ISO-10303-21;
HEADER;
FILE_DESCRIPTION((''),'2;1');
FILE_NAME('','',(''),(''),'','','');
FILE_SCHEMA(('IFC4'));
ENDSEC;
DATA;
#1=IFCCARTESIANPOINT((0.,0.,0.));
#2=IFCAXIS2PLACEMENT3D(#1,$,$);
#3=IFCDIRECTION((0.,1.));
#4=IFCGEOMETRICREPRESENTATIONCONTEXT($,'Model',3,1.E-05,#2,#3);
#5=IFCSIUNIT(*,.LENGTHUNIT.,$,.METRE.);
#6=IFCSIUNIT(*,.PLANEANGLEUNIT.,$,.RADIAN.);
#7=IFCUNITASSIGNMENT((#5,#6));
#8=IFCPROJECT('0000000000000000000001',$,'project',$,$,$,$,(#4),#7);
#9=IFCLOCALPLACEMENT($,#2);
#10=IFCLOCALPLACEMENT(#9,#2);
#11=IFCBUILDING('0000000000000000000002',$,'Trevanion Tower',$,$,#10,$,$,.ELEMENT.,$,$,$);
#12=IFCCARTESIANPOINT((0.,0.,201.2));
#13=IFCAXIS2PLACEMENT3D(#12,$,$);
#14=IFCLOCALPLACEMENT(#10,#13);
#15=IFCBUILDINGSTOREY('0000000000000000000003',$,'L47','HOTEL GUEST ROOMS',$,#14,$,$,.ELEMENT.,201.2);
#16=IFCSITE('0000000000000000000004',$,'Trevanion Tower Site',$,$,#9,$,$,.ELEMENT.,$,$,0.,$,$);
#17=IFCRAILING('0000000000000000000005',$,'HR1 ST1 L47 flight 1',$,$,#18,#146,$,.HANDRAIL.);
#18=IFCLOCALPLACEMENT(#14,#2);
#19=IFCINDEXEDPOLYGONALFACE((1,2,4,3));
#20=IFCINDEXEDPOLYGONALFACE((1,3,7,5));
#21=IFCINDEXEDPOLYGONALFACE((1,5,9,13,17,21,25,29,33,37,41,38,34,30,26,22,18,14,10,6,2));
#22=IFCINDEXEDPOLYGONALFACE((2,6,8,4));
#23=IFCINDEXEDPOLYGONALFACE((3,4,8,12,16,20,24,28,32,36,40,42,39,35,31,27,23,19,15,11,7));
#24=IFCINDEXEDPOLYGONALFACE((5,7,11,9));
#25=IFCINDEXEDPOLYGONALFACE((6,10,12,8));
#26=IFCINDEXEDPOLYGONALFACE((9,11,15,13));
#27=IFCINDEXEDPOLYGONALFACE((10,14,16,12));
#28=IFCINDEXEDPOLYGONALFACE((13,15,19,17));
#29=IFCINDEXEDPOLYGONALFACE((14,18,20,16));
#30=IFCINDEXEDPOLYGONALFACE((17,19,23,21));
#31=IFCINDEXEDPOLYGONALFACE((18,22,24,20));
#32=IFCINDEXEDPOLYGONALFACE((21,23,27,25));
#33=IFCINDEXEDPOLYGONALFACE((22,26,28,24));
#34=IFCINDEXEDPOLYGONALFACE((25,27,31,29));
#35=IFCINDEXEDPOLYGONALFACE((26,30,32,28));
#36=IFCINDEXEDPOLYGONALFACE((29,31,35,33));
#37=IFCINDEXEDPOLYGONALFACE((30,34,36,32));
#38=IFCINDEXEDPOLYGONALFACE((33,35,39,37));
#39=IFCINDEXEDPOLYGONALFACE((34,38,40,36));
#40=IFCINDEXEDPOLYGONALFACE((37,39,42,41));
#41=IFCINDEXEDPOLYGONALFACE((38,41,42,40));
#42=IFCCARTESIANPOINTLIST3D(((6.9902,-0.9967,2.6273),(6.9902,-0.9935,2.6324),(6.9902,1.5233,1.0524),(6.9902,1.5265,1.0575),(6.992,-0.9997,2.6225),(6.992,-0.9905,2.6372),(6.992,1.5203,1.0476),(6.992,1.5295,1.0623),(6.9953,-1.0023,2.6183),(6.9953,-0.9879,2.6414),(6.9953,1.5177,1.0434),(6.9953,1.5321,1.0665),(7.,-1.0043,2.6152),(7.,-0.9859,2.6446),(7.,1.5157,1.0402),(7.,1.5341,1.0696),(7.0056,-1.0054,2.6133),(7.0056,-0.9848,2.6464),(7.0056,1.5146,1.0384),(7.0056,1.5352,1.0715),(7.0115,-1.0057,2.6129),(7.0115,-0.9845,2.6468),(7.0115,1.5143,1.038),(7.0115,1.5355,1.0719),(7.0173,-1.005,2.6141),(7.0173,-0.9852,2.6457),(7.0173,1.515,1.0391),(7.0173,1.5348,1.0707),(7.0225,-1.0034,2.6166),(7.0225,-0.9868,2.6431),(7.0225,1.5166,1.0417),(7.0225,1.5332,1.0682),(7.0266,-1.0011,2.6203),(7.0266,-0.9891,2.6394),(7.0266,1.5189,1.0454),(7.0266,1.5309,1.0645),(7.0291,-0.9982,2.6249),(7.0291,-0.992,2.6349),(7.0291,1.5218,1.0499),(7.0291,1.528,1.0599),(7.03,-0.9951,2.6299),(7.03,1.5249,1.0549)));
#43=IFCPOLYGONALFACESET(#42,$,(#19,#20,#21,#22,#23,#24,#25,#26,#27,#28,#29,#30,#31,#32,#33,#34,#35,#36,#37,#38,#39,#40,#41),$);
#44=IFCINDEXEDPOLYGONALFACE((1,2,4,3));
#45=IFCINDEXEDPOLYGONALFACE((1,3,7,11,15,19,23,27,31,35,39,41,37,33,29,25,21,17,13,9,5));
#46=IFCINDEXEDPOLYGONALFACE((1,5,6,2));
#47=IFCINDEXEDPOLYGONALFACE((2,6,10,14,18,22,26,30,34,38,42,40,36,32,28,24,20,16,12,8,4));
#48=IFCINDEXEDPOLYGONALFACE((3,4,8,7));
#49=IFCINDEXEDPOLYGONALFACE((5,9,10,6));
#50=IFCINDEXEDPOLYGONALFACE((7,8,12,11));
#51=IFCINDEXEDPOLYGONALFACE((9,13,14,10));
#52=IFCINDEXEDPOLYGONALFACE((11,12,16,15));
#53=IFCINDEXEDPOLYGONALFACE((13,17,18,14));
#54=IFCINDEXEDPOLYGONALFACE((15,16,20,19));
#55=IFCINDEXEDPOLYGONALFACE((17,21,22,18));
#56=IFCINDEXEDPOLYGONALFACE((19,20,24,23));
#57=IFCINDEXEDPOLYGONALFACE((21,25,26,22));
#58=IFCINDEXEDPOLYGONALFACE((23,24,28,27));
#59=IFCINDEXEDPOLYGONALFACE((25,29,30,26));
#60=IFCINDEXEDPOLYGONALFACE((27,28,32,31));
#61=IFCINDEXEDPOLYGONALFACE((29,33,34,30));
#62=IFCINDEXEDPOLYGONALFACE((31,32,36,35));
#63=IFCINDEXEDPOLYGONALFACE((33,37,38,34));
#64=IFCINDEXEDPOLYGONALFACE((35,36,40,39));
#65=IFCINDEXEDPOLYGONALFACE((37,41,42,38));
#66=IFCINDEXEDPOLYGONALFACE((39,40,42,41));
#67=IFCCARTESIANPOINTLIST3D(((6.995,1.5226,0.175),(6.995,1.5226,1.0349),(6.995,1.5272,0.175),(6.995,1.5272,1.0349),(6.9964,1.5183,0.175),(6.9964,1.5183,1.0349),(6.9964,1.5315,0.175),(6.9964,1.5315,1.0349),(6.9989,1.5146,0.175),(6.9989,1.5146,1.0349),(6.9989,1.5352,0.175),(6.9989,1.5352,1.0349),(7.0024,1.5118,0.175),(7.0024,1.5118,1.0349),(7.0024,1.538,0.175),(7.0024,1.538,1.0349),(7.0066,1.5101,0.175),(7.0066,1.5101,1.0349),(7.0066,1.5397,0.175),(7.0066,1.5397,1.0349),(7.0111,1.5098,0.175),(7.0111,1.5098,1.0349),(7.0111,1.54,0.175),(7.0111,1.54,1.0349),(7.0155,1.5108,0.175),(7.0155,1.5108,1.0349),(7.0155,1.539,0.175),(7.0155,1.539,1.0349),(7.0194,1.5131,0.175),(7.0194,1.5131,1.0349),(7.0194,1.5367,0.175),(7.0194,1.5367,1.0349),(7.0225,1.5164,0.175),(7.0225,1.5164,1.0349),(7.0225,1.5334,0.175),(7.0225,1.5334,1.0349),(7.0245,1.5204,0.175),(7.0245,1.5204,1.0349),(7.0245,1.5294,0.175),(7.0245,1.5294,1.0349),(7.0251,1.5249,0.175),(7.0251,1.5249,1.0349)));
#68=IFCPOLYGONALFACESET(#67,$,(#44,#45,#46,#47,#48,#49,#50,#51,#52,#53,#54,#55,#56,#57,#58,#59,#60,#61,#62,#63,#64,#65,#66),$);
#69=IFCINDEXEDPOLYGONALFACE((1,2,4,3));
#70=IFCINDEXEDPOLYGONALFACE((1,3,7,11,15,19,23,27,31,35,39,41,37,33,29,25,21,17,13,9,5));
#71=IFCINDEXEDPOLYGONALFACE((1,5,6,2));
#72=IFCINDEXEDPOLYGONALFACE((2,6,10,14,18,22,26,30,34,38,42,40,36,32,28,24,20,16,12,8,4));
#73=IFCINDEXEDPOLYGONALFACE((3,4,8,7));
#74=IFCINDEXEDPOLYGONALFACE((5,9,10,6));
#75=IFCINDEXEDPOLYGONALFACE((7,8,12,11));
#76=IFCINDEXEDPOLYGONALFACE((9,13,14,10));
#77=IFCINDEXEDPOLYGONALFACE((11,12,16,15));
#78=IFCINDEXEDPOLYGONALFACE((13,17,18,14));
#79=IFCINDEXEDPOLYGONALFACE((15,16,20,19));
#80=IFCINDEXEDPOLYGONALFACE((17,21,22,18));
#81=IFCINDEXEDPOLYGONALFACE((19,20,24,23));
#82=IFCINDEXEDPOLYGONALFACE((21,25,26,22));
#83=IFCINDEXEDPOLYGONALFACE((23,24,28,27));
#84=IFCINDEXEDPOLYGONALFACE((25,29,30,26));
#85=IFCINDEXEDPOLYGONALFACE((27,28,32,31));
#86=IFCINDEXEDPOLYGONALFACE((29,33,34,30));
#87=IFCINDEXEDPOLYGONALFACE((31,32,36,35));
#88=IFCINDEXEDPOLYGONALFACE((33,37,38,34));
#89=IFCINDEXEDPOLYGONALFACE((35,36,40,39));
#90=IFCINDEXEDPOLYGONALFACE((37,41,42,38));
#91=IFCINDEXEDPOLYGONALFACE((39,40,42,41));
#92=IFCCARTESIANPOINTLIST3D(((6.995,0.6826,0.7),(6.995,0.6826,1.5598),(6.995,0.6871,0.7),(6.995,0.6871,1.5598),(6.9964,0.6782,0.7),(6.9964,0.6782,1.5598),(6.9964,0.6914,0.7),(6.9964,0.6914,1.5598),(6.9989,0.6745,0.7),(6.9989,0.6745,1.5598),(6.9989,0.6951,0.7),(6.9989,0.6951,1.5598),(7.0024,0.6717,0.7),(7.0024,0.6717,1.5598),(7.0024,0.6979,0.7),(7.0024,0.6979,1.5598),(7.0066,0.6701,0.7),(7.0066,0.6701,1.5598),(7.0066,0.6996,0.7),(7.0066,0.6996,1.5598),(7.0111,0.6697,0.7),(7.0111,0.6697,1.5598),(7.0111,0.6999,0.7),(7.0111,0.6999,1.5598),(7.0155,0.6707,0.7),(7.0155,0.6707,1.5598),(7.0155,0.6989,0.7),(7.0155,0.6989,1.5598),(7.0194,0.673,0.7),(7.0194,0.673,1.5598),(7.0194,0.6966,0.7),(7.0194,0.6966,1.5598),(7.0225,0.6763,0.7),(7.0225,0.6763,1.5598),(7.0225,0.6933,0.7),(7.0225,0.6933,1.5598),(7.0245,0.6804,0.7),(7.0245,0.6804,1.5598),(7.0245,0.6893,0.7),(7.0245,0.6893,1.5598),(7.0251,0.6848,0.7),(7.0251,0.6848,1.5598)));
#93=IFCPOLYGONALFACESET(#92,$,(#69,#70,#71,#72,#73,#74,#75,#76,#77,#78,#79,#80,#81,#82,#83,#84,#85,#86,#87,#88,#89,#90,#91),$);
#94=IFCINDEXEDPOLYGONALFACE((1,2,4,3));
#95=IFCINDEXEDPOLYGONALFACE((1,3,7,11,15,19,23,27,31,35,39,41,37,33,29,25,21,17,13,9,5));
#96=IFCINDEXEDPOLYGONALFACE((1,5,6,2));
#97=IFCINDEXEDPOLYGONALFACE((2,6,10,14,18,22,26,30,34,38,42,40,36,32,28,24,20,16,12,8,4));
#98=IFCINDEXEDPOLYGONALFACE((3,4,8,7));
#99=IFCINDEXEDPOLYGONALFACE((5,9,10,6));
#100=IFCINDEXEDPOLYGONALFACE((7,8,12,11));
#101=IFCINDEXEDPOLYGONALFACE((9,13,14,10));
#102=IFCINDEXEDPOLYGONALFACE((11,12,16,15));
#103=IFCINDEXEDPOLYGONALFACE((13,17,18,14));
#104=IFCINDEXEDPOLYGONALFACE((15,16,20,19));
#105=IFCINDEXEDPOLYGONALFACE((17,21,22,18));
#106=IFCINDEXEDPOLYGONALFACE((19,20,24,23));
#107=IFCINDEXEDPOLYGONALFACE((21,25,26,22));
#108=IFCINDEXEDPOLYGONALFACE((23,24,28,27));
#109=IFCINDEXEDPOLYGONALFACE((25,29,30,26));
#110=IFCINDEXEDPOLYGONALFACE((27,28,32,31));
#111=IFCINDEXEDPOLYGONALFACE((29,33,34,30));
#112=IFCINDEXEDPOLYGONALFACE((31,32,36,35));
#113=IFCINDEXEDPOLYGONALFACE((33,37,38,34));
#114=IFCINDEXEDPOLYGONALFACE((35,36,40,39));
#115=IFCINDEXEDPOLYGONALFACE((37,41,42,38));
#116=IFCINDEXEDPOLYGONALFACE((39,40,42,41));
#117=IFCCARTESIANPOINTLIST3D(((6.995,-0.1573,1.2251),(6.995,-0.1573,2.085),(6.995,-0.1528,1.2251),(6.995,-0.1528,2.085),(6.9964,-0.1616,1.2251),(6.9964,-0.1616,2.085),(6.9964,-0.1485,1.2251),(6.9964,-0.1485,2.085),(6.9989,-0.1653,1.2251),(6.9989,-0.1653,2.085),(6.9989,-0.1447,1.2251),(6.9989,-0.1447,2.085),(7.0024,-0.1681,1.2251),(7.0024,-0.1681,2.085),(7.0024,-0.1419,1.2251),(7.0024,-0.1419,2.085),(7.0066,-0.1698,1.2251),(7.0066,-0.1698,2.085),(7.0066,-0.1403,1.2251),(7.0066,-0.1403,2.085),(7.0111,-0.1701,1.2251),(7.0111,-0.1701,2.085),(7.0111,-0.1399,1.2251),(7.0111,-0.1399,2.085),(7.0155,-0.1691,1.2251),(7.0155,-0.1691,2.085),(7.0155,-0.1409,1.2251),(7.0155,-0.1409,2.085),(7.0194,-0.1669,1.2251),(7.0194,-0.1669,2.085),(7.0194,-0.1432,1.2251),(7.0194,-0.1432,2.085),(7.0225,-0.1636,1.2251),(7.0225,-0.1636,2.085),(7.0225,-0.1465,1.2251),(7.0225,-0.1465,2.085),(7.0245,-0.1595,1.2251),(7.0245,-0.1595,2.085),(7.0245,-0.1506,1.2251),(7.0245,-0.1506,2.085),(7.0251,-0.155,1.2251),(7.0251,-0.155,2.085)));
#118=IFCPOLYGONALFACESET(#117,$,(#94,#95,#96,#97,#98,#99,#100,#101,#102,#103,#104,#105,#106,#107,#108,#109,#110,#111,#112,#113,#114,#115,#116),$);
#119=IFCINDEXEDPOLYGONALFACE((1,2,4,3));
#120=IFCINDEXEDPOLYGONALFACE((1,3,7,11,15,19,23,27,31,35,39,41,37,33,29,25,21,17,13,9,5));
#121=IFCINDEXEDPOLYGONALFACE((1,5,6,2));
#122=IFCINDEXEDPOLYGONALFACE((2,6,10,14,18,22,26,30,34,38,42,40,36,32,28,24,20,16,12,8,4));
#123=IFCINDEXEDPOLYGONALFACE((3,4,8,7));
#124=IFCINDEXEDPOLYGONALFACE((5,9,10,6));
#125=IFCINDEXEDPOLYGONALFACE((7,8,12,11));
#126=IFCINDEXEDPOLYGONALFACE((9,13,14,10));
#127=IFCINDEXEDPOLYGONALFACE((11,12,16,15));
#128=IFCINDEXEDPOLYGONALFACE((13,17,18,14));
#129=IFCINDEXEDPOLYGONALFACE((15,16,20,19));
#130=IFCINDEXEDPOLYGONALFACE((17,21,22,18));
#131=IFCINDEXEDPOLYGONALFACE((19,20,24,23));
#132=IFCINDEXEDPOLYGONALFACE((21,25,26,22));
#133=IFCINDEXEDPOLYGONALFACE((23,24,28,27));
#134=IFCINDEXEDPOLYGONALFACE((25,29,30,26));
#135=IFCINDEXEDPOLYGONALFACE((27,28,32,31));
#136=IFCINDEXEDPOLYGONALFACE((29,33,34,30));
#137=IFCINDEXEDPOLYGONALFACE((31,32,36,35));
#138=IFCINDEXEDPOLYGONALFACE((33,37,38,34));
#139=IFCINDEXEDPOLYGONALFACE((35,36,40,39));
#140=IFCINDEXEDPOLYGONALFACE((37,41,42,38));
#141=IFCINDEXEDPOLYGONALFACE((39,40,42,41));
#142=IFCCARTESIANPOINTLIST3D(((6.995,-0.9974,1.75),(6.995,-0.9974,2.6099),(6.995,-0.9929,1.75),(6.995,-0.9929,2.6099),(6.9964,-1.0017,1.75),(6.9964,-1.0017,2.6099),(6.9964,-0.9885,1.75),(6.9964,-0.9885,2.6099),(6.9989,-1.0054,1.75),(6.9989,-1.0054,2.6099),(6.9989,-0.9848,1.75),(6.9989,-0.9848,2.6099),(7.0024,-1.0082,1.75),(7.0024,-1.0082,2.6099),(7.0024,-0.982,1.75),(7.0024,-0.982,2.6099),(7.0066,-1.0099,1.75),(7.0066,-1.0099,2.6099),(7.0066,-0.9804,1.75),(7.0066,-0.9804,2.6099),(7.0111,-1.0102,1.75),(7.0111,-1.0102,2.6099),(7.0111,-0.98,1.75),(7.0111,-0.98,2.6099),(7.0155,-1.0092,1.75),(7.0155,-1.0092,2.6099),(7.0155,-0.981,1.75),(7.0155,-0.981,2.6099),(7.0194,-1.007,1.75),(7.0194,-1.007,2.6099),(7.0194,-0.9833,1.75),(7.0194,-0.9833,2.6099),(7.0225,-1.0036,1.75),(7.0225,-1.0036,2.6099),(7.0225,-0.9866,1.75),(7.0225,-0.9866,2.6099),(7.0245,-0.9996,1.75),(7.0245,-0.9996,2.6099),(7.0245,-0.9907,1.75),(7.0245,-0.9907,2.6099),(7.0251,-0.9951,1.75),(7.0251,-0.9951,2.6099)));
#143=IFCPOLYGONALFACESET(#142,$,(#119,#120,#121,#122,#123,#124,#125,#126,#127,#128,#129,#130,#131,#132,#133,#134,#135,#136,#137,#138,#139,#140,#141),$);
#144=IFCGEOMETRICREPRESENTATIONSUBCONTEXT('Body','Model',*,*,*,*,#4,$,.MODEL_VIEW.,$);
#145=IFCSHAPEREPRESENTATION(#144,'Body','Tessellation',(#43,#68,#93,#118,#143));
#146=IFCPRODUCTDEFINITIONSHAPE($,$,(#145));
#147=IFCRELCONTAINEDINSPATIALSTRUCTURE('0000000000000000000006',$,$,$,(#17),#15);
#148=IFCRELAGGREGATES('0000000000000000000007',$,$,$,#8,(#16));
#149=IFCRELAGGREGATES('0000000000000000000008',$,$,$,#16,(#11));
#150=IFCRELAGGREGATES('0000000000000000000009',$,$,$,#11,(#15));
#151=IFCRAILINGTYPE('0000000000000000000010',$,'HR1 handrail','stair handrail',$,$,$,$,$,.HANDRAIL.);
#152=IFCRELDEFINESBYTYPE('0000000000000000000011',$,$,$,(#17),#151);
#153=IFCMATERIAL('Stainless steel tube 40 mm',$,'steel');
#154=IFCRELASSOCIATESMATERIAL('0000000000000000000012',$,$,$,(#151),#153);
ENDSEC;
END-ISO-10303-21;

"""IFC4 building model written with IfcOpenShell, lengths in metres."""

from ifc_helpers import new_model, si_unit, direction, frame, origin, origin_2d, place, context, subcontext, project, spatial, circle, extrude, material, type_object, element, save


model = new_model("IFC4")

# Units and contexts
model_context = context("Model", 3, precision=1e-05, world=origin(), true_north=direction((0.0, 1.0)))
body_context = subcontext(model_context, "Body", "Model", "MODEL_VIEW")
ifc_project = project(units=[si_unit("LENGTHUNIT", "METRE"), si_unit("PLANEANGLEUNIT", "RADIAN")], contexts=[model_context])

# Site, building, storey
site_placement = place(None, origin())
site = spatial("IfcSite", under=ifc_project, at=site_placement, Name="Trevanion Tower Site", CompositionType="ELEMENT", RefElevation=0.0)
building_placement = place(site_placement, origin())
building = spatial("IfcBuilding", under=site, at=building_placement, Name="Trevanion Tower", CompositionType="ELEMENT")
storey_placement = place(building_placement, frame((0.0, 0.0, 201.2)))
storey = spatial("IfcBuildingStorey", under=building, at=storey_placement, Name="L47", Description="HOTEL GUEST ROOMS", CompositionType="ELEMENT", Elevation=201.2)

# Railing
ifc_material_1 = material(Name="Stainless steel tube 40 mm", Category="steel")
railing_type = type_object("IfcRailingType", Name="HR1 handrail", Description="stair handrail", PredefinedType="HANDRAIL", material=ifc_material_1)
for number, where, name in (
    (1, (7.01, 1.5249, 0.175), "HR1 ST1 L47 flight 1"),
):
    element("IfcRailing", number, at=place(storey_placement, frame(where)), inside=storey, type_object=railing_type, Name=name, PredefinedType="HANDRAIL", context=body_context, shape_type="SweptSolid", body=[
        extrude(circle(Radius=0.02, at=origin_2d()), frame((0.0, 0.0, 0.8799), z_axis=(0.0, -0.848008, 0.529984), x_axis=(1.0, 0.0, 0.0)), (0.0, 0.0, 1.0), 2.9717),
        extrude(circle(Radius=0.0151, at=origin_2d()), origin(), (0.0, 0.0, 1.0), 0.8599),
        extrude(circle(Radius=0.0151, at=origin_2d()), frame((0.0, -0.8401, 0.5249)), (0.0, 0.0, 1.0), 0.8599),
        extrude(circle(Radius=0.0151, at=origin_2d()), frame((0.0, -1.6799, 1.05)), (0.0, 0.0, 1.0), 0.8599),
        extrude(circle(Radius=0.0151, at=origin_2d()), frame((0.0, -2.52, 1.575)), (0.0, 0.0, 1.0), 0.8599),
    ])

save(model, "model.ifc")
